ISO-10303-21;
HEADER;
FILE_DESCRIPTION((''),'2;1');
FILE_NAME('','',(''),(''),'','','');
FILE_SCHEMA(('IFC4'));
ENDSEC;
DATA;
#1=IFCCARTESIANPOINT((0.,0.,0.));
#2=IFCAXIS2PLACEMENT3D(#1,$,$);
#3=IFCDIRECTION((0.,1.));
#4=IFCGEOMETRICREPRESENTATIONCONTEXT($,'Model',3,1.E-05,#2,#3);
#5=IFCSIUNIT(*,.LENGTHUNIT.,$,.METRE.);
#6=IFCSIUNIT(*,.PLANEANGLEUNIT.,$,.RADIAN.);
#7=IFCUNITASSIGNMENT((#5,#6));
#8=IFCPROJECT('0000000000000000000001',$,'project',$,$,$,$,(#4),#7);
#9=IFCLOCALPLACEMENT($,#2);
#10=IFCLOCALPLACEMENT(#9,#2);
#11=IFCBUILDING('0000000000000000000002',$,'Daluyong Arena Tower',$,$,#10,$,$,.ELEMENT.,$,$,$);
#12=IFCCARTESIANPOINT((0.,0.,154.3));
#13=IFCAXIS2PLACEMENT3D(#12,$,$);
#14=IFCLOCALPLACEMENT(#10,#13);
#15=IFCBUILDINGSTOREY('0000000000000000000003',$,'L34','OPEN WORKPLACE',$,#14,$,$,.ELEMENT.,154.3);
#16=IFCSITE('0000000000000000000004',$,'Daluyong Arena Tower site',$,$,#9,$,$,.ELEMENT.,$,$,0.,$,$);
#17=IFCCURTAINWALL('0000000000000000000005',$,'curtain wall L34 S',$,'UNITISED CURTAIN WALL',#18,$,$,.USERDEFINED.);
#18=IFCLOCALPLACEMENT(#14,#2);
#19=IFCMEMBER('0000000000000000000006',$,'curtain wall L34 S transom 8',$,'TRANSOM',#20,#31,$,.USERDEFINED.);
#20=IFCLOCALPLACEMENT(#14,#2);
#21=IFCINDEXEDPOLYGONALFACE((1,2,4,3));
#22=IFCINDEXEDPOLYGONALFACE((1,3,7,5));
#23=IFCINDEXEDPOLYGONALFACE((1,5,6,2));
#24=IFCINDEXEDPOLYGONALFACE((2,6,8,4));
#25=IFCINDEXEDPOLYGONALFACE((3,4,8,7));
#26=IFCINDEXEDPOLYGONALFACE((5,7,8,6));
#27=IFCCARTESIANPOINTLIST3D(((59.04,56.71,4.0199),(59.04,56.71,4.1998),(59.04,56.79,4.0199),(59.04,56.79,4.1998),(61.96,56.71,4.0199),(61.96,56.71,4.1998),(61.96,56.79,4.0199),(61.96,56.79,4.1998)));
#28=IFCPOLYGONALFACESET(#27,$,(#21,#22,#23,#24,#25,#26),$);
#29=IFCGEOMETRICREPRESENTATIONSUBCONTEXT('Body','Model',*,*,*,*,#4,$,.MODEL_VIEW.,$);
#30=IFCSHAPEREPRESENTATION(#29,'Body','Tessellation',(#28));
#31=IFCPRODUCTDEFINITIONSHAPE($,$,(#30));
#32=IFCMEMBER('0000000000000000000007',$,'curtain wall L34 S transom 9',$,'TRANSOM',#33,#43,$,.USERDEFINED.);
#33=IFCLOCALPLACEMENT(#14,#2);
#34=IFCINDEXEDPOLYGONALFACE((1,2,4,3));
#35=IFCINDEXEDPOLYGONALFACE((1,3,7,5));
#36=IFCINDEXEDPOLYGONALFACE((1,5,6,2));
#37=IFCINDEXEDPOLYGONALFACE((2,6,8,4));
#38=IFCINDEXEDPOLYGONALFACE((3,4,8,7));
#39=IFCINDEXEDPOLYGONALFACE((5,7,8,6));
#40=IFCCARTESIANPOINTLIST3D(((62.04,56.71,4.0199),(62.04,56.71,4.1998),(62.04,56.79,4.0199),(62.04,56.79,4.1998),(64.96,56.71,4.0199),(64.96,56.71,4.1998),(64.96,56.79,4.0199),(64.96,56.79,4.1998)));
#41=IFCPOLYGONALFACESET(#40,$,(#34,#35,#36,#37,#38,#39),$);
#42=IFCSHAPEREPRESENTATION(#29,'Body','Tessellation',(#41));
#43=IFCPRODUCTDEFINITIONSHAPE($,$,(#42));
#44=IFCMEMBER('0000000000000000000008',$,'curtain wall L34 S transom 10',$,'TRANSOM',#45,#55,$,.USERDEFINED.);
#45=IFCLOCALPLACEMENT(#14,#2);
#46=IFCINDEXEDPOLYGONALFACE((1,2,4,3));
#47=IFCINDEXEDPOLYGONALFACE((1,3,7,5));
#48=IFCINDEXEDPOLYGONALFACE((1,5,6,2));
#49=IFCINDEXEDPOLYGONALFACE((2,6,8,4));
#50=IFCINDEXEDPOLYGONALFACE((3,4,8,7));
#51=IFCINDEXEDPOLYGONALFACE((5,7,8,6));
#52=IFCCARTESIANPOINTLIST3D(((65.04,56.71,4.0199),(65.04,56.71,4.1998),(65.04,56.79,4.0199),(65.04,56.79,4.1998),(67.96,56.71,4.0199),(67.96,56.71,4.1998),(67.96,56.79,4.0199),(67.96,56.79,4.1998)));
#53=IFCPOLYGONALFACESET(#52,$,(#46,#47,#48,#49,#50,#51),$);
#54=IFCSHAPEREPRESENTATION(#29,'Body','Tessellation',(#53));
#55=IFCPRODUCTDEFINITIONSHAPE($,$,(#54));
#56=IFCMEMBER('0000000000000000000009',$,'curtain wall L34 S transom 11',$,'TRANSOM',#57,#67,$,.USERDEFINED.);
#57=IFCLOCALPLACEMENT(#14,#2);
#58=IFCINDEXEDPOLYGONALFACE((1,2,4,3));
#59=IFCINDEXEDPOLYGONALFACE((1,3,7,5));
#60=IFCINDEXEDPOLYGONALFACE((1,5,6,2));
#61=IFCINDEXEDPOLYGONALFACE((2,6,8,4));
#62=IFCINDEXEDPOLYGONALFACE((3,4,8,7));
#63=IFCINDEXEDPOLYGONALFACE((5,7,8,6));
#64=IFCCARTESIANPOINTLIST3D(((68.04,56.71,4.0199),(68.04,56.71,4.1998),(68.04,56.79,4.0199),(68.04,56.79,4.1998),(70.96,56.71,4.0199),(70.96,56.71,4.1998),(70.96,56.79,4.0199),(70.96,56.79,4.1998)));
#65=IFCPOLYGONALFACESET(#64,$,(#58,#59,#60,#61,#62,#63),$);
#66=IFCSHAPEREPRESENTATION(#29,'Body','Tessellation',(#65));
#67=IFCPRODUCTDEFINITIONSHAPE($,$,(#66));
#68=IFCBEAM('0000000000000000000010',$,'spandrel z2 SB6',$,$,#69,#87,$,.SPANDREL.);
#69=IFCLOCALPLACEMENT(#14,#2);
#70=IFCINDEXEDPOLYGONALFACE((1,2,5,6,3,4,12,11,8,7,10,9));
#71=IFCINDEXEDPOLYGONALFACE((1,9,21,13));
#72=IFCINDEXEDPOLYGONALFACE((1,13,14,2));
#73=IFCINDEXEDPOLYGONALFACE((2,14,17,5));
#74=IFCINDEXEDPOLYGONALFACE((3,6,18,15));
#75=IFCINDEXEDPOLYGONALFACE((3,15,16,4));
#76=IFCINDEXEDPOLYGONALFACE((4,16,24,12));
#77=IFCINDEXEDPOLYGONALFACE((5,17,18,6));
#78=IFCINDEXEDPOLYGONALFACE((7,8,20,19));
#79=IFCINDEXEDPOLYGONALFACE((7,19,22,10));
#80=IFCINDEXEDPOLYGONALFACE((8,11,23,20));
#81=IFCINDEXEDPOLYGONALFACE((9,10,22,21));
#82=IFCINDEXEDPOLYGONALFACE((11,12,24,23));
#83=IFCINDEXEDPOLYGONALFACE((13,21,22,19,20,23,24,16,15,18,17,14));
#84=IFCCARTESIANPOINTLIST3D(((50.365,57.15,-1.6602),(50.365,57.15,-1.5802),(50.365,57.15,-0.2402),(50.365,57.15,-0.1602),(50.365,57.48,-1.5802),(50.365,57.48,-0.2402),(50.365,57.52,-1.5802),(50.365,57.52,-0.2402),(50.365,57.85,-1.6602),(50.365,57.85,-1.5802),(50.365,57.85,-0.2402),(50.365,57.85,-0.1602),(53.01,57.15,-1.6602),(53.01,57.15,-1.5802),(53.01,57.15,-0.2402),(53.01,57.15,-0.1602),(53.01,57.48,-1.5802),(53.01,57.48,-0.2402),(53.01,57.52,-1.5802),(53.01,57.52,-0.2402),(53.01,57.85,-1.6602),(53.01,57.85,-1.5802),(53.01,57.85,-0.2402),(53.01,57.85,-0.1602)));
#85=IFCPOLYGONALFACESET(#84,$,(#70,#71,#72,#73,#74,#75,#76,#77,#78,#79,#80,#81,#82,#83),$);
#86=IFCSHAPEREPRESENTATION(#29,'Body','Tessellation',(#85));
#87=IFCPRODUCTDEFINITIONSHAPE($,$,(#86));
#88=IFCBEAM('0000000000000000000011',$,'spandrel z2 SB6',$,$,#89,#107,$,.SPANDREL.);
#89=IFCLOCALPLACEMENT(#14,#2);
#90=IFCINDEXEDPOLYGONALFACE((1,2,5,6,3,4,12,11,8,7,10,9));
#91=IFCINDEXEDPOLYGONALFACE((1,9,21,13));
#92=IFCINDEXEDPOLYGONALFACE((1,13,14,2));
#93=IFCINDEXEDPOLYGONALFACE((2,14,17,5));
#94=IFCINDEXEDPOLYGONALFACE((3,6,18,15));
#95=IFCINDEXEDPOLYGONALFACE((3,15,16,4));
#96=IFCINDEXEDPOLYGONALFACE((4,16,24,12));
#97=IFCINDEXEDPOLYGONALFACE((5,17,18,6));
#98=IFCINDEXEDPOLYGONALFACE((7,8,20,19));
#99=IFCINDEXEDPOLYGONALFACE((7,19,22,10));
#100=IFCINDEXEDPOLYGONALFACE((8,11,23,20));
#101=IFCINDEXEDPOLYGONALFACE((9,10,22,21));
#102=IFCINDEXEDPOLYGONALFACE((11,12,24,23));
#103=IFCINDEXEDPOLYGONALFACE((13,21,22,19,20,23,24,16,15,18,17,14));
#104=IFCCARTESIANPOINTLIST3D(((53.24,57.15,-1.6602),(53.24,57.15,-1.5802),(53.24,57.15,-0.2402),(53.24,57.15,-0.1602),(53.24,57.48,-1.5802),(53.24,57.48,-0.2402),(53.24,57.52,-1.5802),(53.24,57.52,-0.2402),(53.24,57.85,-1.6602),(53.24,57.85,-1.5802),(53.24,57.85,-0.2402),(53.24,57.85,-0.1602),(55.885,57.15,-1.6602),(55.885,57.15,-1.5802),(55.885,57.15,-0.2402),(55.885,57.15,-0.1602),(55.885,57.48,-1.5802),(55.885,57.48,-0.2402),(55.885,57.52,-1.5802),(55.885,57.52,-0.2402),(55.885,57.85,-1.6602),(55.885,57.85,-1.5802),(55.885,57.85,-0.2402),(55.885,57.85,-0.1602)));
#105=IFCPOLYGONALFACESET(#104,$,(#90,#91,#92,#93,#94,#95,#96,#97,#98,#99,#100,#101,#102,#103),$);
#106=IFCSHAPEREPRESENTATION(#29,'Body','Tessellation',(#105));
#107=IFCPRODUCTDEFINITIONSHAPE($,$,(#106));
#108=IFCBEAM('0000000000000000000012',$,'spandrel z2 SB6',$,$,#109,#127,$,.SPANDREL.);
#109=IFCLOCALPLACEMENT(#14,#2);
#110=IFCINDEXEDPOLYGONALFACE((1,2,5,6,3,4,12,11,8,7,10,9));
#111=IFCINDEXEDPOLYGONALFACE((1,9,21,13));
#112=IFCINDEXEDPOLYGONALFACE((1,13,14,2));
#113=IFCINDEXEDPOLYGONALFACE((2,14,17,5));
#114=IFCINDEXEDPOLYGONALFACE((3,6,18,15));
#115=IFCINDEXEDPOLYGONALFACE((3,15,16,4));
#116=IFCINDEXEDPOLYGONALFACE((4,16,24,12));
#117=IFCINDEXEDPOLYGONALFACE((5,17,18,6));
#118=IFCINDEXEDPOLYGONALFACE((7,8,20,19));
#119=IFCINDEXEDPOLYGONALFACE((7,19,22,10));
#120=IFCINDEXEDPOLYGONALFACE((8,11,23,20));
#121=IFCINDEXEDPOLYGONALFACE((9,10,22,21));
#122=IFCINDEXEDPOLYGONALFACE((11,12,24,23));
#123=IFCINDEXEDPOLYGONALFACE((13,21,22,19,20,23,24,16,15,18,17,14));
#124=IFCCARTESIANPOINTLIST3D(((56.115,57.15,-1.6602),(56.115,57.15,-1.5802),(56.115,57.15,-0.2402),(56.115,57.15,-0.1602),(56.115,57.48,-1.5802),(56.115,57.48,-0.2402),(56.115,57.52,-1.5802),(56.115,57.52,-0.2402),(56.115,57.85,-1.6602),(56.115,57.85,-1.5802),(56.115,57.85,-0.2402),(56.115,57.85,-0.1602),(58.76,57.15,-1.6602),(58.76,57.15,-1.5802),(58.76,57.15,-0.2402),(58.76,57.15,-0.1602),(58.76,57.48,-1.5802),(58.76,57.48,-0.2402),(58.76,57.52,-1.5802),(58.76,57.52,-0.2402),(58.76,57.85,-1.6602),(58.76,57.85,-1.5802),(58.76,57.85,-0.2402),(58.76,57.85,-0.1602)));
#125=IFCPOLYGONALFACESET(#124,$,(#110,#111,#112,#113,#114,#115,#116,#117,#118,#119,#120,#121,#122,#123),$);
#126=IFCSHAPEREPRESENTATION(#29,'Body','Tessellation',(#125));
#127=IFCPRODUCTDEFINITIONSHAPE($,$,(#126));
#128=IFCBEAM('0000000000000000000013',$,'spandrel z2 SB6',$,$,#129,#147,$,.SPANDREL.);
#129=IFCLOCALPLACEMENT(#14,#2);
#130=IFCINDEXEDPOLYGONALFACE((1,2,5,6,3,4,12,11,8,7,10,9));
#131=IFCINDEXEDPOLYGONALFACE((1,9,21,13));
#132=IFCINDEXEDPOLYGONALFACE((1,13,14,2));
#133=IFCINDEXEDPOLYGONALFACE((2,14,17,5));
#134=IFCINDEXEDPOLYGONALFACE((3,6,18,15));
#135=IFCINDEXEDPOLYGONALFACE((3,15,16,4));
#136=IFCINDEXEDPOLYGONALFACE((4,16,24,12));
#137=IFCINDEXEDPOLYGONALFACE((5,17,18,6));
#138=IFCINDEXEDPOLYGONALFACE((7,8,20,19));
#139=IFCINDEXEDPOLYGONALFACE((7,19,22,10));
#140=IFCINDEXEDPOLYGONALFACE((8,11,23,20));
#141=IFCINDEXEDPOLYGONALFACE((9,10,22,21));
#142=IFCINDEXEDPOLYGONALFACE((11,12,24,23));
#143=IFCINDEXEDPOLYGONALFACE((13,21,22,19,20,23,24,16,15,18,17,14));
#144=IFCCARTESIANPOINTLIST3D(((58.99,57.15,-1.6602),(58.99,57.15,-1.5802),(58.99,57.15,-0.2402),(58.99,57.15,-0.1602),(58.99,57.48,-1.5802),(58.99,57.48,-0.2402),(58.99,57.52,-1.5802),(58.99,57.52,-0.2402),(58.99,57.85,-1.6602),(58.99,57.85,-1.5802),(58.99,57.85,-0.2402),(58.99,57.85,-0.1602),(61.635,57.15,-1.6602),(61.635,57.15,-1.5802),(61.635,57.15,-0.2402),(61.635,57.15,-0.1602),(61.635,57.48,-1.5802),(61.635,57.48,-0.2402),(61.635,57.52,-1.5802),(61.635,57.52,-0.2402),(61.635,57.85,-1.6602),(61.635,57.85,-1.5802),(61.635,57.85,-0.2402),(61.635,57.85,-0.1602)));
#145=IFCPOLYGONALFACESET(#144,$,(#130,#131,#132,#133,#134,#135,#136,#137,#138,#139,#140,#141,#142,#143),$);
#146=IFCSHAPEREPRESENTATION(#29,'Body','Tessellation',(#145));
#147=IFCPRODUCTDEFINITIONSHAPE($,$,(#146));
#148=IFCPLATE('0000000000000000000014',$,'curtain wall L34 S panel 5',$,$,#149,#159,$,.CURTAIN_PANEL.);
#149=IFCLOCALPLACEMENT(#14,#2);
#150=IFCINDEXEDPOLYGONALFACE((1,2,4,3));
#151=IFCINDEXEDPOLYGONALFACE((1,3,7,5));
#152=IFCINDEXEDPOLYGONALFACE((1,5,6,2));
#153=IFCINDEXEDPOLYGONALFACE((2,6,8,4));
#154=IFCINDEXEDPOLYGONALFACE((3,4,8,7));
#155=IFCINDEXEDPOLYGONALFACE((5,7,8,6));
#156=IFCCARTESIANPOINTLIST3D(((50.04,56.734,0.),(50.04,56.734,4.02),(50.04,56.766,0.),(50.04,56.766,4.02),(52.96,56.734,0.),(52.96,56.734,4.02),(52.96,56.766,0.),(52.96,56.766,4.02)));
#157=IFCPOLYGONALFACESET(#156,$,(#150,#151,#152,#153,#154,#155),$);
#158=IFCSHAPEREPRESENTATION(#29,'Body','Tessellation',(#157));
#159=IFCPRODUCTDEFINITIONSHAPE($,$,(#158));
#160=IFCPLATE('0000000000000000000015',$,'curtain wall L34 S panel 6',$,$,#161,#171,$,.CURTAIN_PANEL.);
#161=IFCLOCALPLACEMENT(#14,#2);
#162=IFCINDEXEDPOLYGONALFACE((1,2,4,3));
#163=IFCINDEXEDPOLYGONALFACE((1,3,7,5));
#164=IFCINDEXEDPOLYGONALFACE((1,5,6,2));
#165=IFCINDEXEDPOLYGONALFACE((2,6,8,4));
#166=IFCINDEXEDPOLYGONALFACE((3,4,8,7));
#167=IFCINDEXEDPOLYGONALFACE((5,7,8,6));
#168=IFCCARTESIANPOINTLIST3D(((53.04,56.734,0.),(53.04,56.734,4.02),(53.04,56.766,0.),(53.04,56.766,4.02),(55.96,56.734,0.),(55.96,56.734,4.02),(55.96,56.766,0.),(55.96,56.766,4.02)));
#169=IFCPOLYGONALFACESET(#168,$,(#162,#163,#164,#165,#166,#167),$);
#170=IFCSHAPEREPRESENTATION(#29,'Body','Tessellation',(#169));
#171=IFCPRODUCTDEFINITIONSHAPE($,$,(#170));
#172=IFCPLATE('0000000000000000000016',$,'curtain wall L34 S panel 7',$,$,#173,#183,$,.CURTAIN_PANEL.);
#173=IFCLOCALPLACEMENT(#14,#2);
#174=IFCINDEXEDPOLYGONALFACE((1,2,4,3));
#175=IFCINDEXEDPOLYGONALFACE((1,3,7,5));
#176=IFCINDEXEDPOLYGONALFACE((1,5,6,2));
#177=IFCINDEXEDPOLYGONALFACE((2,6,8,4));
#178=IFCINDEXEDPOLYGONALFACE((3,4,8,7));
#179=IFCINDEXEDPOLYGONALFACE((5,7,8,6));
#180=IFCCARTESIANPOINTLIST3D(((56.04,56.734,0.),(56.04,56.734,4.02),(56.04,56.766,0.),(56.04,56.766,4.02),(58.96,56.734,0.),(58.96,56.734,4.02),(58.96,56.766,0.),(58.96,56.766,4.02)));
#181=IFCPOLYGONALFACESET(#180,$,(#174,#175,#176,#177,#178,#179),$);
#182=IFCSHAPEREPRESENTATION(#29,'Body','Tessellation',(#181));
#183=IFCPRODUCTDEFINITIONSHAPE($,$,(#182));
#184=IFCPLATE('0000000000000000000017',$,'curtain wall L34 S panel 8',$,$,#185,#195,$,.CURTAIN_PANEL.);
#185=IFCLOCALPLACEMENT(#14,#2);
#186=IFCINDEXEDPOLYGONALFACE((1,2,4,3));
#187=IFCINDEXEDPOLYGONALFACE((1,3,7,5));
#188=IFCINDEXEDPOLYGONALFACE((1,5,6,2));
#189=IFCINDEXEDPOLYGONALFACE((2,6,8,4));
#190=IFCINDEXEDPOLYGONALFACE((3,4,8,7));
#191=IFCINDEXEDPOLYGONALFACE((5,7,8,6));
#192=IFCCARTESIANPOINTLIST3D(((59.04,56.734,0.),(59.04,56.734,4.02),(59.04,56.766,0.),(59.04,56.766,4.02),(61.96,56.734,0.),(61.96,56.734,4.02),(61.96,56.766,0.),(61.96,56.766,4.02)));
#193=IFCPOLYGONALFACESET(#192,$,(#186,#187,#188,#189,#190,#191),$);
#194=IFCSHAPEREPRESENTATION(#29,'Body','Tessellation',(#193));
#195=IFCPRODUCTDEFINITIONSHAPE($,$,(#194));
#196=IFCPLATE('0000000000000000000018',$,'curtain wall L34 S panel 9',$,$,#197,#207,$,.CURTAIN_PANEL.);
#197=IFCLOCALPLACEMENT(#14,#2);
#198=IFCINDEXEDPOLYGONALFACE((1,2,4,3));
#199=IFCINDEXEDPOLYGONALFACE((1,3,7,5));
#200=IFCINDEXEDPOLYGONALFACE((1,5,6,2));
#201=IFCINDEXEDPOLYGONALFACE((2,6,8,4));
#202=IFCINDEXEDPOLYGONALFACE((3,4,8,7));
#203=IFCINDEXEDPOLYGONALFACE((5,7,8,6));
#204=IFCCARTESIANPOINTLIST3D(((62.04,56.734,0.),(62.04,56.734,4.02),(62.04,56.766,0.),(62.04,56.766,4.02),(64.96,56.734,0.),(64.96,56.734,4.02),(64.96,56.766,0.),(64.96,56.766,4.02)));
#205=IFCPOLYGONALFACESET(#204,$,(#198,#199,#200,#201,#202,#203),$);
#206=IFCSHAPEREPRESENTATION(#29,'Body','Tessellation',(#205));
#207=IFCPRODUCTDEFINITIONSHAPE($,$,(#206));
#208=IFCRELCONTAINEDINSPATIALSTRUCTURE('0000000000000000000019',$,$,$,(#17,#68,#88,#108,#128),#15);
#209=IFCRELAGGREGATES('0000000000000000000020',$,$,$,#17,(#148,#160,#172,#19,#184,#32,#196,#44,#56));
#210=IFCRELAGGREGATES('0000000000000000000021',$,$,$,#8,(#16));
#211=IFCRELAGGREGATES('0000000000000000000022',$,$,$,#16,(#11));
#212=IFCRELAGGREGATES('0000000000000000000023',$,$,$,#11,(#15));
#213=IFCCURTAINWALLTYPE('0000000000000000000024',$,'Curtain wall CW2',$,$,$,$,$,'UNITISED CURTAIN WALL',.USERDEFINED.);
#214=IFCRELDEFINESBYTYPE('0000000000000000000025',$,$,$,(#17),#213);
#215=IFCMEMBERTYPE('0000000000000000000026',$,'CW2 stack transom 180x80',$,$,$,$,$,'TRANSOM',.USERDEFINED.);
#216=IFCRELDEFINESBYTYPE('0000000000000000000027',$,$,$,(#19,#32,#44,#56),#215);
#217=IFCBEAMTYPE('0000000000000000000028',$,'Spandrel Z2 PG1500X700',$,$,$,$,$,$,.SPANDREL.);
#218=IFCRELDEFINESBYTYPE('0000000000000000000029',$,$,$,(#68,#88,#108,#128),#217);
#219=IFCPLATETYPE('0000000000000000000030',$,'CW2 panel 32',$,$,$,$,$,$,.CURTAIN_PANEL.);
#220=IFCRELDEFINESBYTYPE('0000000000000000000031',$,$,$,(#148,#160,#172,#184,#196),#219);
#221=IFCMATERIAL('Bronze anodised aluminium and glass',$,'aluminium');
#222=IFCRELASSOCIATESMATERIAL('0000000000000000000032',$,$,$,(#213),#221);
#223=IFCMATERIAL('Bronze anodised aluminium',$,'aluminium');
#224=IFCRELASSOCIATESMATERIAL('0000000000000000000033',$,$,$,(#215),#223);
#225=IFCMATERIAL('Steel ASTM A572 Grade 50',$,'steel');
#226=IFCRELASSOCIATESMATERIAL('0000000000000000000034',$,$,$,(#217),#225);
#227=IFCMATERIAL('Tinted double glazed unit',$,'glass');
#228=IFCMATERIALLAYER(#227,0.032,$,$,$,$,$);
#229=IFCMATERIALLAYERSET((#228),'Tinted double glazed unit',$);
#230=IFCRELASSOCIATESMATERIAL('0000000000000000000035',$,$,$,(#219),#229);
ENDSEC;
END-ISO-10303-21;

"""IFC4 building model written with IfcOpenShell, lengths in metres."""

from ifc_helpers import new_model, si_unit, direction, frame, origin, origin_2d, place, context, subcontext, project, spatial, rectangle, i_section, extrude, material, layer, layer_set, material_profile, profile_set, type_object, element, aggregate, save


model = new_model("IFC4")

# Units and contexts
model_context = context("Model", 3, precision=1e-05, world=origin(), true_north=direction((0.0, 1.0)))
body_context = subcontext(model_context, "Body", "Model", "MODEL_VIEW")
ifc_project = project(units=[si_unit("LENGTHUNIT", "METRE"), si_unit("PLANEANGLEUNIT", "RADIAN")], contexts=[model_context])

# Site, building, storey
site_placement = place(None, origin())
site = spatial("IfcSite", under=ifc_project, at=site_placement, Name="Daluyong Arena Tower site", CompositionType="ELEMENT", RefElevation=0.0)
building_placement = place(site_placement, origin())
building = spatial("IfcBuilding", under=site, at=building_placement, Name="Daluyong Arena Tower", CompositionType="ELEMENT")
storey_placement = place(building_placement, frame((0.0, 0.0, 154.3)))
storey = spatial("IfcBuildingStorey", under=building, at=storey_placement, Name="L34", Description="OPEN WORKPLACE", CompositionType="ELEMENT", Elevation=154.3)

# Curtain wall, members
ifc_material_1 = material(Name="Bronze anodised aluminium and glass", Category="aluminium")
curtain_wall_type = type_object("IfcCurtainWallType", Name="Curtain wall CW2", ElementType="UNITISED CURTAIN WALL", PredefinedType="USERDEFINED", material=ifc_material_1)
curtain_wall_placement = place(storey_placement, origin())
curtain_wall = element("IfcCurtainWall", 1, at=curtain_wall_placement, inside=storey, type_object=curtain_wall_type, Name="curtain wall L34 S", ObjectType="UNITISED CURTAIN WALL", PredefinedType="USERDEFINED")
ifc_material_2 = material(Name="Bronze anodised aluminium", Category="aluminium")
ifc_material_profile_1 = material_profile(ifc_material_2, rectangle(XDim=0.0801, YDim=0.1799, at=origin_2d()))
ifc_profile_set_1 = profile_set([ifc_material_profile_1], Name="Bronze anodised aluminium")
member_type_1 = type_object("IfcMemberType", Name="CW2 stack transom 180x80", ElementType="TRANSOM", PredefinedType="USERDEFINED", material=ifc_profile_set_1)
member_1_placement = place(storey_placement, frame((59.04, 56.75, 4.1099), z_axis=(1.0, 0.0, 0.0), x_axis=(0.0, 1.0, 0.0)))
member_1 = element("IfcMember", 2, at=member_1_placement, type_object=member_type_1, Name="curtain wall L34 S transom 8", ObjectType="TRANSOM", PredefinedType="USERDEFINED", context=body_context, shape_type="SweptSolid", body=[
    extrude(rectangle(XDim=0.0801, YDim=0.1799, at=origin_2d()), origin(), (0.0, 0.0, 1.0), 2.9199),
])
member_2_placement = place(storey_placement, frame((62.04, 56.75, 4.1099), z_axis=(1.0, 0.0, 0.0), x_axis=(0.0, 1.0, 0.0)))
member_2 = element("IfcMember", 3, at=member_2_placement, type_object=member_type_1, Name="curtain wall L34 S transom 9", ObjectType="TRANSOM", PredefinedType="USERDEFINED", context=body_context, shape_type="SweptSolid", body=[
    extrude(rectangle(XDim=0.0801, YDim=0.1799, at=origin_2d()), origin(), (0.0, 0.0, 1.0), 2.9199),
])
member_3_placement = place(storey_placement, frame((65.04, 56.75, 4.1099), z_axis=(1.0, 0.0, 0.0), x_axis=(0.0, 1.0, 0.0)))
member_3 = element("IfcMember", 4, at=member_3_placement, type_object=member_type_1, Name="curtain wall L34 S transom 10", ObjectType="TRANSOM", PredefinedType="USERDEFINED", context=body_context, shape_type="SweptSolid", body=[
    extrude(rectangle(XDim=0.0801, YDim=0.1799, at=origin_2d()), origin(), (0.0, 0.0, 1.0), 2.9199),
])
member_4_placement = place(storey_placement, frame((68.04, 56.75, 4.1099), z_axis=(1.0, 0.0, 0.0), x_axis=(0.0, 1.0, 0.0)))
member_4 = element("IfcMember", 5, at=member_4_placement, type_object=member_type_1, Name="curtain wall L34 S transom 11", ObjectType="TRANSOM", PredefinedType="USERDEFINED", context=body_context, shape_type="SweptSolid", body=[
    extrude(rectangle(XDim=0.0801, YDim=0.1799, at=origin_2d()), origin(), (0.0, 0.0, 1.0), 2.9199),
])

# Beams
ifc_material_3 = material(Name="Steel ASTM A572 Grade 50", Category="steel")
ifc_material_profile_2 = material_profile(ifc_material_3, i_section(OverallWidth=0.7, OverallDepth=1.5, WebThickness=0.04, FlangeThickness=0.08, at=origin_2d()))
ifc_profile_set_2 = profile_set([ifc_material_profile_2], Name="Steel ASTM A572 Grade 50")
beam_type = type_object("IfcBeamType", Name="Spandrel Z2 PG1500X700", PredefinedType="SPANDREL", material=ifc_profile_set_2)
for number, where, z_axis, x_axis, name in (
    (6, (50.365, 57.5, -0.9102), (1.0, 0.0, 0.0), (0.0, 1.0, 0.0), "spandrel z2 SB6"),
    (7, (53.24, 57.5, -0.9102), (1.0, 0.0, 0.0), (0.0, 1.0, 0.0), "spandrel z2 SB6"),
    (8, (56.115, 57.5, -0.9102), (1.0, 0.0, 0.0), (0.0, 1.0, 0.0), "spandrel z2 SB6"),
    (9, (58.99, 57.5, -0.9102), (1.0, 0.0, 0.0), (0.0, 1.0, 0.0), "spandrel z2 SB6"),
):
    element("IfcBeam", number, at=place(storey_placement, frame(where, z_axis=z_axis, x_axis=x_axis)), inside=storey, type_object=beam_type, Name=name, PredefinedType="SPANDREL", context=body_context, shape_type="SweptSolid", body=[
        extrude(i_section(OverallWidth=0.7, OverallDepth=1.5, WebThickness=0.04, FlangeThickness=0.08, at=origin_2d()), origin(), (0.0, 0.0, 1.0), 2.645),
    ])

# Plates
ifc_material_4 = material(Name="Tinted double glazed unit", Category="glass")
ifc_layer = layer(ifc_material_4, 0.032)
ifc_layer_set = layer_set([ifc_layer], Name="Tinted double glazed unit")
plate_type = type_object("IfcPlateType", Name="CW2 panel 32", PredefinedType="CURTAIN_PANEL", material=ifc_layer_set)
plate_1_placement = place(storey_placement, frame((51.5, 56.75, 0.0), z_axis=(0.0, 0.0, 1.0), x_axis=(1.0, 0.0, 0.0)))
plate_1 = element("IfcPlate", 10, at=plate_1_placement, type_object=plate_type, Name="curtain wall L34 S panel 5", PredefinedType="CURTAIN_PANEL", context=body_context, shape_type="SweptSolid", body=[
    extrude(rectangle(XDim=2.9199, YDim=0.032, at=origin_2d()), origin(), (0.0, 0.0, 1.0), 4.02),
])
plate_2_placement = place(storey_placement, frame((54.5, 56.75, 0.0), z_axis=(0.0, 0.0, 1.0), x_axis=(1.0, 0.0, 0.0)))
plate_2 = element("IfcPlate", 11, at=plate_2_placement, type_object=plate_type, Name="curtain wall L34 S panel 6", PredefinedType="CURTAIN_PANEL", context=body_context, shape_type="SweptSolid", body=[
    extrude(rectangle(XDim=2.9199, YDim=0.032, at=origin_2d()), origin(), (0.0, 0.0, 1.0), 4.02),
])
plate_3_placement = place(storey_placement, frame((57.5, 56.75, 0.0), z_axis=(0.0, 0.0, 1.0), x_axis=(1.0, 0.0, 0.0)))
plate_3 = element("IfcPlate", 12, at=plate_3_placement, type_object=plate_type, Name="curtain wall L34 S panel 7", PredefinedType="CURTAIN_PANEL", context=body_context, shape_type="SweptSolid", body=[
    extrude(rectangle(XDim=2.9199, YDim=0.032, at=origin_2d()), origin(), (0.0, 0.0, 1.0), 4.02),
])
plate_4_placement = place(storey_placement, frame((60.5, 56.75, 0.0), z_axis=(0.0, 0.0, 1.0), x_axis=(1.0, 0.0, 0.0)))
plate_4 = element("IfcPlate", 13, at=plate_4_placement, type_object=plate_type, Name="curtain wall L34 S panel 8", PredefinedType="CURTAIN_PANEL", context=body_context, shape_type="SweptSolid", body=[
    extrude(rectangle(XDim=2.9199, YDim=0.032, at=origin_2d()), origin(), (0.0, 0.0, 1.0), 4.02),
])
plate_5_placement = place(storey_placement, frame((63.5, 56.75, 0.0), z_axis=(0.0, 0.0, 1.0), x_axis=(1.0, 0.0, 0.0)))
plate_5 = element("IfcPlate", 14, at=plate_5_placement, type_object=plate_type, Name="curtain wall L34 S panel 9", PredefinedType="CURTAIN_PANEL", context=body_context, shape_type="SweptSolid", body=[
    extrude(rectangle(XDim=2.9199, YDim=0.032, at=origin_2d()), origin(), (0.0, 0.0, 1.0), 4.02),
])
aggregate(curtain_wall, [plate_1, plate_2, plate_3, member_1, plate_4, member_2, plate_5, member_3, member_4])

save(model, "model.ifc")
